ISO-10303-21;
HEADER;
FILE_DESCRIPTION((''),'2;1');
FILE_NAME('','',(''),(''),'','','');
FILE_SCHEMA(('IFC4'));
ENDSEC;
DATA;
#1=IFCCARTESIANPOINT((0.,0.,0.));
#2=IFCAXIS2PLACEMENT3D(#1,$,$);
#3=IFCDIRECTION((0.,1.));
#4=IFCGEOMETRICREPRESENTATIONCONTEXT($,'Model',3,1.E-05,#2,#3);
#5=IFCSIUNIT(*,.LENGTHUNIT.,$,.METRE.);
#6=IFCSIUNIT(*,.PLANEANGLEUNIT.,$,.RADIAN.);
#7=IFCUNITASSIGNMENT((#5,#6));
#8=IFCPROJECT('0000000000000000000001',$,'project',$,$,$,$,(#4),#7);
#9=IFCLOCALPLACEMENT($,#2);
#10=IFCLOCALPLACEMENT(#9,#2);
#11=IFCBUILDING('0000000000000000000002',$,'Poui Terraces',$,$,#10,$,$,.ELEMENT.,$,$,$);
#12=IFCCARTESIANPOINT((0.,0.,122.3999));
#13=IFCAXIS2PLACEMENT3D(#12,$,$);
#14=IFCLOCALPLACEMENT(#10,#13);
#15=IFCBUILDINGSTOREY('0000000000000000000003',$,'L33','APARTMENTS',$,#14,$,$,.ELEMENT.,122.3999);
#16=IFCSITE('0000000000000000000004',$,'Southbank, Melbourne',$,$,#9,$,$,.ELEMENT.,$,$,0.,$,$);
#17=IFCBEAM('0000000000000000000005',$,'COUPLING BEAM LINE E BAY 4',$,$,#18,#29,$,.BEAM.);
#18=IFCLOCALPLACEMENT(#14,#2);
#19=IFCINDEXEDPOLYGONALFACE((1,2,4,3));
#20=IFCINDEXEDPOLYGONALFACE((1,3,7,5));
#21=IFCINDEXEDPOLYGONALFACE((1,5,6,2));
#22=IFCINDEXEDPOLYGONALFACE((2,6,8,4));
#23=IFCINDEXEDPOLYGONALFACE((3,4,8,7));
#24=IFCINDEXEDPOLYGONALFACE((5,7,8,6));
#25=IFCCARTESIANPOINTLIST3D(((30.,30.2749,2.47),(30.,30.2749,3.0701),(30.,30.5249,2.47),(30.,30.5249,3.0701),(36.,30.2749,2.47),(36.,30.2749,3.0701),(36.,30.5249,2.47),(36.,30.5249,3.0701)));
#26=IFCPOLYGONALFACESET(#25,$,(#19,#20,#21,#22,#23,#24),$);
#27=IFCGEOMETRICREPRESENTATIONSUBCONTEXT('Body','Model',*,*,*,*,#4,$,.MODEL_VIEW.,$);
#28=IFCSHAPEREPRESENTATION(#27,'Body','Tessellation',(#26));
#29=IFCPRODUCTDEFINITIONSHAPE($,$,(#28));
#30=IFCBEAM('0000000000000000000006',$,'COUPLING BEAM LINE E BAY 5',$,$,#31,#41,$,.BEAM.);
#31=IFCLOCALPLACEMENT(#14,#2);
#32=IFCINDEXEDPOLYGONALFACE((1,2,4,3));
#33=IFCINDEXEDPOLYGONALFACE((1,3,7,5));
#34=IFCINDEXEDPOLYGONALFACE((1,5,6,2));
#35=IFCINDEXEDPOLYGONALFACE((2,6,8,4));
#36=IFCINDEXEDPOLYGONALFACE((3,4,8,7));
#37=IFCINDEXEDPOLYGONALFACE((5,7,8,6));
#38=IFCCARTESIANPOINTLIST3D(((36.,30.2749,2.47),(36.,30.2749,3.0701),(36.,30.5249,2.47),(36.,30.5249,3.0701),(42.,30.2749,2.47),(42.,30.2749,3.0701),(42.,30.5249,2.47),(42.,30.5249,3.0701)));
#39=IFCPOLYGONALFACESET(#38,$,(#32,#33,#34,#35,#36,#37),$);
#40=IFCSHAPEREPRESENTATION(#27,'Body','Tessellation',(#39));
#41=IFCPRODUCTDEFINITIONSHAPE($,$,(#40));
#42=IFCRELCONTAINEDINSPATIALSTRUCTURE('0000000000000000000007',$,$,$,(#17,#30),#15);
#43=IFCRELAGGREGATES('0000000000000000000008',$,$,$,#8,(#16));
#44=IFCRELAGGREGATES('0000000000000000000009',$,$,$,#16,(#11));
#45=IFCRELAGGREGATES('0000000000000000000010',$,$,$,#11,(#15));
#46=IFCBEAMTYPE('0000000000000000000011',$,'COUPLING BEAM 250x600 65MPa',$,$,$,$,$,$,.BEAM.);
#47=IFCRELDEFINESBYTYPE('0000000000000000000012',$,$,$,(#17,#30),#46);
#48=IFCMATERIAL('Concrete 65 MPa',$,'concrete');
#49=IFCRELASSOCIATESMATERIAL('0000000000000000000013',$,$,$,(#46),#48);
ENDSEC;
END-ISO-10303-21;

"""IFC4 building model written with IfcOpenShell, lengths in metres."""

from ifc_helpers import new_model, si_unit, direction, frame, origin, origin_2d, place, context, subcontext, project, spatial, rectangle, extrude, source, transform, mapped, material, material_profile, profile_set, type_object, element, save


model = new_model("IFC4")

# Units and contexts
model_context = context("Model", 3, precision=1e-05, world=origin(), true_north=direction((0.0, 1.0)))
body_context = subcontext(model_context, "Body", "Model", "MODEL_VIEW")
ifc_project = project(units=[si_unit("LENGTHUNIT", "METRE"), si_unit("PLANEANGLEUNIT", "RADIAN")], contexts=[model_context])

# Site, building, storey
site_placement = place(None, origin())
site = spatial("IfcSite", under=ifc_project, at=site_placement, Name="Southbank, Melbourne", CompositionType="ELEMENT", RefElevation=0.0)
building_placement = place(site_placement, origin())
building = spatial("IfcBuilding", under=site, at=building_placement, Name="Poui Terraces", CompositionType="ELEMENT")
storey_placement = place(building_placement, frame((0.0, 0.0, 122.3999)))
storey = spatial("IfcBuildingStorey", under=building, at=storey_placement, Name="L33", Description="APARTMENTS", CompositionType="ELEMENT", Elevation=122.3999)

# Beams
ifc_material_1 = material(Name="Concrete 65 MPa", Category="concrete")
ifc_material_profile = material_profile(ifc_material_1, rectangle(XDim=0.25, YDim=0.6001, at=origin_2d()), Name="RC 250x600")
ifc_profile_set = profile_set([ifc_material_profile], Name="Concrete 65 MPa")
beam_type = type_object("IfcBeamType", Name="COUPLING BEAM 250x600 65MPa", PredefinedType="BEAM", material=ifc_profile_set)
shared_shape = source(origin(), body_context, "Body", "SweptSolid", [
    extrude(rectangle(XDim=0.25, YDim=0.6001, at=origin_2d()), origin(), (0.0, 0.0, 1.0), 6.0),
])
for number, where, z_axis, x_axis, name in (
    (1, (30.0, 30.3999, 2.77), (1.0, 0.0, 0.0), (0.0, 1.0, 0.0), "COUPLING BEAM LINE E BAY 4"),
    (2, (36.0, 30.3999, 2.77), (1.0, 0.0, 0.0), (0.0, 1.0, 0.0), "COUPLING BEAM LINE E BAY 5"),
):
    element("IfcBeam", number, at=place(storey_placement, frame(where, z_axis=z_axis, x_axis=x_axis)), inside=storey, type_object=beam_type, Name=name, PredefinedType="BEAM", context=body_context, shape_type="MappedRepresentation", body=[
        mapped(shared_shape, transform((0.0, 0.0, 0.0))),
    ])

save(model, "model.ifc")
